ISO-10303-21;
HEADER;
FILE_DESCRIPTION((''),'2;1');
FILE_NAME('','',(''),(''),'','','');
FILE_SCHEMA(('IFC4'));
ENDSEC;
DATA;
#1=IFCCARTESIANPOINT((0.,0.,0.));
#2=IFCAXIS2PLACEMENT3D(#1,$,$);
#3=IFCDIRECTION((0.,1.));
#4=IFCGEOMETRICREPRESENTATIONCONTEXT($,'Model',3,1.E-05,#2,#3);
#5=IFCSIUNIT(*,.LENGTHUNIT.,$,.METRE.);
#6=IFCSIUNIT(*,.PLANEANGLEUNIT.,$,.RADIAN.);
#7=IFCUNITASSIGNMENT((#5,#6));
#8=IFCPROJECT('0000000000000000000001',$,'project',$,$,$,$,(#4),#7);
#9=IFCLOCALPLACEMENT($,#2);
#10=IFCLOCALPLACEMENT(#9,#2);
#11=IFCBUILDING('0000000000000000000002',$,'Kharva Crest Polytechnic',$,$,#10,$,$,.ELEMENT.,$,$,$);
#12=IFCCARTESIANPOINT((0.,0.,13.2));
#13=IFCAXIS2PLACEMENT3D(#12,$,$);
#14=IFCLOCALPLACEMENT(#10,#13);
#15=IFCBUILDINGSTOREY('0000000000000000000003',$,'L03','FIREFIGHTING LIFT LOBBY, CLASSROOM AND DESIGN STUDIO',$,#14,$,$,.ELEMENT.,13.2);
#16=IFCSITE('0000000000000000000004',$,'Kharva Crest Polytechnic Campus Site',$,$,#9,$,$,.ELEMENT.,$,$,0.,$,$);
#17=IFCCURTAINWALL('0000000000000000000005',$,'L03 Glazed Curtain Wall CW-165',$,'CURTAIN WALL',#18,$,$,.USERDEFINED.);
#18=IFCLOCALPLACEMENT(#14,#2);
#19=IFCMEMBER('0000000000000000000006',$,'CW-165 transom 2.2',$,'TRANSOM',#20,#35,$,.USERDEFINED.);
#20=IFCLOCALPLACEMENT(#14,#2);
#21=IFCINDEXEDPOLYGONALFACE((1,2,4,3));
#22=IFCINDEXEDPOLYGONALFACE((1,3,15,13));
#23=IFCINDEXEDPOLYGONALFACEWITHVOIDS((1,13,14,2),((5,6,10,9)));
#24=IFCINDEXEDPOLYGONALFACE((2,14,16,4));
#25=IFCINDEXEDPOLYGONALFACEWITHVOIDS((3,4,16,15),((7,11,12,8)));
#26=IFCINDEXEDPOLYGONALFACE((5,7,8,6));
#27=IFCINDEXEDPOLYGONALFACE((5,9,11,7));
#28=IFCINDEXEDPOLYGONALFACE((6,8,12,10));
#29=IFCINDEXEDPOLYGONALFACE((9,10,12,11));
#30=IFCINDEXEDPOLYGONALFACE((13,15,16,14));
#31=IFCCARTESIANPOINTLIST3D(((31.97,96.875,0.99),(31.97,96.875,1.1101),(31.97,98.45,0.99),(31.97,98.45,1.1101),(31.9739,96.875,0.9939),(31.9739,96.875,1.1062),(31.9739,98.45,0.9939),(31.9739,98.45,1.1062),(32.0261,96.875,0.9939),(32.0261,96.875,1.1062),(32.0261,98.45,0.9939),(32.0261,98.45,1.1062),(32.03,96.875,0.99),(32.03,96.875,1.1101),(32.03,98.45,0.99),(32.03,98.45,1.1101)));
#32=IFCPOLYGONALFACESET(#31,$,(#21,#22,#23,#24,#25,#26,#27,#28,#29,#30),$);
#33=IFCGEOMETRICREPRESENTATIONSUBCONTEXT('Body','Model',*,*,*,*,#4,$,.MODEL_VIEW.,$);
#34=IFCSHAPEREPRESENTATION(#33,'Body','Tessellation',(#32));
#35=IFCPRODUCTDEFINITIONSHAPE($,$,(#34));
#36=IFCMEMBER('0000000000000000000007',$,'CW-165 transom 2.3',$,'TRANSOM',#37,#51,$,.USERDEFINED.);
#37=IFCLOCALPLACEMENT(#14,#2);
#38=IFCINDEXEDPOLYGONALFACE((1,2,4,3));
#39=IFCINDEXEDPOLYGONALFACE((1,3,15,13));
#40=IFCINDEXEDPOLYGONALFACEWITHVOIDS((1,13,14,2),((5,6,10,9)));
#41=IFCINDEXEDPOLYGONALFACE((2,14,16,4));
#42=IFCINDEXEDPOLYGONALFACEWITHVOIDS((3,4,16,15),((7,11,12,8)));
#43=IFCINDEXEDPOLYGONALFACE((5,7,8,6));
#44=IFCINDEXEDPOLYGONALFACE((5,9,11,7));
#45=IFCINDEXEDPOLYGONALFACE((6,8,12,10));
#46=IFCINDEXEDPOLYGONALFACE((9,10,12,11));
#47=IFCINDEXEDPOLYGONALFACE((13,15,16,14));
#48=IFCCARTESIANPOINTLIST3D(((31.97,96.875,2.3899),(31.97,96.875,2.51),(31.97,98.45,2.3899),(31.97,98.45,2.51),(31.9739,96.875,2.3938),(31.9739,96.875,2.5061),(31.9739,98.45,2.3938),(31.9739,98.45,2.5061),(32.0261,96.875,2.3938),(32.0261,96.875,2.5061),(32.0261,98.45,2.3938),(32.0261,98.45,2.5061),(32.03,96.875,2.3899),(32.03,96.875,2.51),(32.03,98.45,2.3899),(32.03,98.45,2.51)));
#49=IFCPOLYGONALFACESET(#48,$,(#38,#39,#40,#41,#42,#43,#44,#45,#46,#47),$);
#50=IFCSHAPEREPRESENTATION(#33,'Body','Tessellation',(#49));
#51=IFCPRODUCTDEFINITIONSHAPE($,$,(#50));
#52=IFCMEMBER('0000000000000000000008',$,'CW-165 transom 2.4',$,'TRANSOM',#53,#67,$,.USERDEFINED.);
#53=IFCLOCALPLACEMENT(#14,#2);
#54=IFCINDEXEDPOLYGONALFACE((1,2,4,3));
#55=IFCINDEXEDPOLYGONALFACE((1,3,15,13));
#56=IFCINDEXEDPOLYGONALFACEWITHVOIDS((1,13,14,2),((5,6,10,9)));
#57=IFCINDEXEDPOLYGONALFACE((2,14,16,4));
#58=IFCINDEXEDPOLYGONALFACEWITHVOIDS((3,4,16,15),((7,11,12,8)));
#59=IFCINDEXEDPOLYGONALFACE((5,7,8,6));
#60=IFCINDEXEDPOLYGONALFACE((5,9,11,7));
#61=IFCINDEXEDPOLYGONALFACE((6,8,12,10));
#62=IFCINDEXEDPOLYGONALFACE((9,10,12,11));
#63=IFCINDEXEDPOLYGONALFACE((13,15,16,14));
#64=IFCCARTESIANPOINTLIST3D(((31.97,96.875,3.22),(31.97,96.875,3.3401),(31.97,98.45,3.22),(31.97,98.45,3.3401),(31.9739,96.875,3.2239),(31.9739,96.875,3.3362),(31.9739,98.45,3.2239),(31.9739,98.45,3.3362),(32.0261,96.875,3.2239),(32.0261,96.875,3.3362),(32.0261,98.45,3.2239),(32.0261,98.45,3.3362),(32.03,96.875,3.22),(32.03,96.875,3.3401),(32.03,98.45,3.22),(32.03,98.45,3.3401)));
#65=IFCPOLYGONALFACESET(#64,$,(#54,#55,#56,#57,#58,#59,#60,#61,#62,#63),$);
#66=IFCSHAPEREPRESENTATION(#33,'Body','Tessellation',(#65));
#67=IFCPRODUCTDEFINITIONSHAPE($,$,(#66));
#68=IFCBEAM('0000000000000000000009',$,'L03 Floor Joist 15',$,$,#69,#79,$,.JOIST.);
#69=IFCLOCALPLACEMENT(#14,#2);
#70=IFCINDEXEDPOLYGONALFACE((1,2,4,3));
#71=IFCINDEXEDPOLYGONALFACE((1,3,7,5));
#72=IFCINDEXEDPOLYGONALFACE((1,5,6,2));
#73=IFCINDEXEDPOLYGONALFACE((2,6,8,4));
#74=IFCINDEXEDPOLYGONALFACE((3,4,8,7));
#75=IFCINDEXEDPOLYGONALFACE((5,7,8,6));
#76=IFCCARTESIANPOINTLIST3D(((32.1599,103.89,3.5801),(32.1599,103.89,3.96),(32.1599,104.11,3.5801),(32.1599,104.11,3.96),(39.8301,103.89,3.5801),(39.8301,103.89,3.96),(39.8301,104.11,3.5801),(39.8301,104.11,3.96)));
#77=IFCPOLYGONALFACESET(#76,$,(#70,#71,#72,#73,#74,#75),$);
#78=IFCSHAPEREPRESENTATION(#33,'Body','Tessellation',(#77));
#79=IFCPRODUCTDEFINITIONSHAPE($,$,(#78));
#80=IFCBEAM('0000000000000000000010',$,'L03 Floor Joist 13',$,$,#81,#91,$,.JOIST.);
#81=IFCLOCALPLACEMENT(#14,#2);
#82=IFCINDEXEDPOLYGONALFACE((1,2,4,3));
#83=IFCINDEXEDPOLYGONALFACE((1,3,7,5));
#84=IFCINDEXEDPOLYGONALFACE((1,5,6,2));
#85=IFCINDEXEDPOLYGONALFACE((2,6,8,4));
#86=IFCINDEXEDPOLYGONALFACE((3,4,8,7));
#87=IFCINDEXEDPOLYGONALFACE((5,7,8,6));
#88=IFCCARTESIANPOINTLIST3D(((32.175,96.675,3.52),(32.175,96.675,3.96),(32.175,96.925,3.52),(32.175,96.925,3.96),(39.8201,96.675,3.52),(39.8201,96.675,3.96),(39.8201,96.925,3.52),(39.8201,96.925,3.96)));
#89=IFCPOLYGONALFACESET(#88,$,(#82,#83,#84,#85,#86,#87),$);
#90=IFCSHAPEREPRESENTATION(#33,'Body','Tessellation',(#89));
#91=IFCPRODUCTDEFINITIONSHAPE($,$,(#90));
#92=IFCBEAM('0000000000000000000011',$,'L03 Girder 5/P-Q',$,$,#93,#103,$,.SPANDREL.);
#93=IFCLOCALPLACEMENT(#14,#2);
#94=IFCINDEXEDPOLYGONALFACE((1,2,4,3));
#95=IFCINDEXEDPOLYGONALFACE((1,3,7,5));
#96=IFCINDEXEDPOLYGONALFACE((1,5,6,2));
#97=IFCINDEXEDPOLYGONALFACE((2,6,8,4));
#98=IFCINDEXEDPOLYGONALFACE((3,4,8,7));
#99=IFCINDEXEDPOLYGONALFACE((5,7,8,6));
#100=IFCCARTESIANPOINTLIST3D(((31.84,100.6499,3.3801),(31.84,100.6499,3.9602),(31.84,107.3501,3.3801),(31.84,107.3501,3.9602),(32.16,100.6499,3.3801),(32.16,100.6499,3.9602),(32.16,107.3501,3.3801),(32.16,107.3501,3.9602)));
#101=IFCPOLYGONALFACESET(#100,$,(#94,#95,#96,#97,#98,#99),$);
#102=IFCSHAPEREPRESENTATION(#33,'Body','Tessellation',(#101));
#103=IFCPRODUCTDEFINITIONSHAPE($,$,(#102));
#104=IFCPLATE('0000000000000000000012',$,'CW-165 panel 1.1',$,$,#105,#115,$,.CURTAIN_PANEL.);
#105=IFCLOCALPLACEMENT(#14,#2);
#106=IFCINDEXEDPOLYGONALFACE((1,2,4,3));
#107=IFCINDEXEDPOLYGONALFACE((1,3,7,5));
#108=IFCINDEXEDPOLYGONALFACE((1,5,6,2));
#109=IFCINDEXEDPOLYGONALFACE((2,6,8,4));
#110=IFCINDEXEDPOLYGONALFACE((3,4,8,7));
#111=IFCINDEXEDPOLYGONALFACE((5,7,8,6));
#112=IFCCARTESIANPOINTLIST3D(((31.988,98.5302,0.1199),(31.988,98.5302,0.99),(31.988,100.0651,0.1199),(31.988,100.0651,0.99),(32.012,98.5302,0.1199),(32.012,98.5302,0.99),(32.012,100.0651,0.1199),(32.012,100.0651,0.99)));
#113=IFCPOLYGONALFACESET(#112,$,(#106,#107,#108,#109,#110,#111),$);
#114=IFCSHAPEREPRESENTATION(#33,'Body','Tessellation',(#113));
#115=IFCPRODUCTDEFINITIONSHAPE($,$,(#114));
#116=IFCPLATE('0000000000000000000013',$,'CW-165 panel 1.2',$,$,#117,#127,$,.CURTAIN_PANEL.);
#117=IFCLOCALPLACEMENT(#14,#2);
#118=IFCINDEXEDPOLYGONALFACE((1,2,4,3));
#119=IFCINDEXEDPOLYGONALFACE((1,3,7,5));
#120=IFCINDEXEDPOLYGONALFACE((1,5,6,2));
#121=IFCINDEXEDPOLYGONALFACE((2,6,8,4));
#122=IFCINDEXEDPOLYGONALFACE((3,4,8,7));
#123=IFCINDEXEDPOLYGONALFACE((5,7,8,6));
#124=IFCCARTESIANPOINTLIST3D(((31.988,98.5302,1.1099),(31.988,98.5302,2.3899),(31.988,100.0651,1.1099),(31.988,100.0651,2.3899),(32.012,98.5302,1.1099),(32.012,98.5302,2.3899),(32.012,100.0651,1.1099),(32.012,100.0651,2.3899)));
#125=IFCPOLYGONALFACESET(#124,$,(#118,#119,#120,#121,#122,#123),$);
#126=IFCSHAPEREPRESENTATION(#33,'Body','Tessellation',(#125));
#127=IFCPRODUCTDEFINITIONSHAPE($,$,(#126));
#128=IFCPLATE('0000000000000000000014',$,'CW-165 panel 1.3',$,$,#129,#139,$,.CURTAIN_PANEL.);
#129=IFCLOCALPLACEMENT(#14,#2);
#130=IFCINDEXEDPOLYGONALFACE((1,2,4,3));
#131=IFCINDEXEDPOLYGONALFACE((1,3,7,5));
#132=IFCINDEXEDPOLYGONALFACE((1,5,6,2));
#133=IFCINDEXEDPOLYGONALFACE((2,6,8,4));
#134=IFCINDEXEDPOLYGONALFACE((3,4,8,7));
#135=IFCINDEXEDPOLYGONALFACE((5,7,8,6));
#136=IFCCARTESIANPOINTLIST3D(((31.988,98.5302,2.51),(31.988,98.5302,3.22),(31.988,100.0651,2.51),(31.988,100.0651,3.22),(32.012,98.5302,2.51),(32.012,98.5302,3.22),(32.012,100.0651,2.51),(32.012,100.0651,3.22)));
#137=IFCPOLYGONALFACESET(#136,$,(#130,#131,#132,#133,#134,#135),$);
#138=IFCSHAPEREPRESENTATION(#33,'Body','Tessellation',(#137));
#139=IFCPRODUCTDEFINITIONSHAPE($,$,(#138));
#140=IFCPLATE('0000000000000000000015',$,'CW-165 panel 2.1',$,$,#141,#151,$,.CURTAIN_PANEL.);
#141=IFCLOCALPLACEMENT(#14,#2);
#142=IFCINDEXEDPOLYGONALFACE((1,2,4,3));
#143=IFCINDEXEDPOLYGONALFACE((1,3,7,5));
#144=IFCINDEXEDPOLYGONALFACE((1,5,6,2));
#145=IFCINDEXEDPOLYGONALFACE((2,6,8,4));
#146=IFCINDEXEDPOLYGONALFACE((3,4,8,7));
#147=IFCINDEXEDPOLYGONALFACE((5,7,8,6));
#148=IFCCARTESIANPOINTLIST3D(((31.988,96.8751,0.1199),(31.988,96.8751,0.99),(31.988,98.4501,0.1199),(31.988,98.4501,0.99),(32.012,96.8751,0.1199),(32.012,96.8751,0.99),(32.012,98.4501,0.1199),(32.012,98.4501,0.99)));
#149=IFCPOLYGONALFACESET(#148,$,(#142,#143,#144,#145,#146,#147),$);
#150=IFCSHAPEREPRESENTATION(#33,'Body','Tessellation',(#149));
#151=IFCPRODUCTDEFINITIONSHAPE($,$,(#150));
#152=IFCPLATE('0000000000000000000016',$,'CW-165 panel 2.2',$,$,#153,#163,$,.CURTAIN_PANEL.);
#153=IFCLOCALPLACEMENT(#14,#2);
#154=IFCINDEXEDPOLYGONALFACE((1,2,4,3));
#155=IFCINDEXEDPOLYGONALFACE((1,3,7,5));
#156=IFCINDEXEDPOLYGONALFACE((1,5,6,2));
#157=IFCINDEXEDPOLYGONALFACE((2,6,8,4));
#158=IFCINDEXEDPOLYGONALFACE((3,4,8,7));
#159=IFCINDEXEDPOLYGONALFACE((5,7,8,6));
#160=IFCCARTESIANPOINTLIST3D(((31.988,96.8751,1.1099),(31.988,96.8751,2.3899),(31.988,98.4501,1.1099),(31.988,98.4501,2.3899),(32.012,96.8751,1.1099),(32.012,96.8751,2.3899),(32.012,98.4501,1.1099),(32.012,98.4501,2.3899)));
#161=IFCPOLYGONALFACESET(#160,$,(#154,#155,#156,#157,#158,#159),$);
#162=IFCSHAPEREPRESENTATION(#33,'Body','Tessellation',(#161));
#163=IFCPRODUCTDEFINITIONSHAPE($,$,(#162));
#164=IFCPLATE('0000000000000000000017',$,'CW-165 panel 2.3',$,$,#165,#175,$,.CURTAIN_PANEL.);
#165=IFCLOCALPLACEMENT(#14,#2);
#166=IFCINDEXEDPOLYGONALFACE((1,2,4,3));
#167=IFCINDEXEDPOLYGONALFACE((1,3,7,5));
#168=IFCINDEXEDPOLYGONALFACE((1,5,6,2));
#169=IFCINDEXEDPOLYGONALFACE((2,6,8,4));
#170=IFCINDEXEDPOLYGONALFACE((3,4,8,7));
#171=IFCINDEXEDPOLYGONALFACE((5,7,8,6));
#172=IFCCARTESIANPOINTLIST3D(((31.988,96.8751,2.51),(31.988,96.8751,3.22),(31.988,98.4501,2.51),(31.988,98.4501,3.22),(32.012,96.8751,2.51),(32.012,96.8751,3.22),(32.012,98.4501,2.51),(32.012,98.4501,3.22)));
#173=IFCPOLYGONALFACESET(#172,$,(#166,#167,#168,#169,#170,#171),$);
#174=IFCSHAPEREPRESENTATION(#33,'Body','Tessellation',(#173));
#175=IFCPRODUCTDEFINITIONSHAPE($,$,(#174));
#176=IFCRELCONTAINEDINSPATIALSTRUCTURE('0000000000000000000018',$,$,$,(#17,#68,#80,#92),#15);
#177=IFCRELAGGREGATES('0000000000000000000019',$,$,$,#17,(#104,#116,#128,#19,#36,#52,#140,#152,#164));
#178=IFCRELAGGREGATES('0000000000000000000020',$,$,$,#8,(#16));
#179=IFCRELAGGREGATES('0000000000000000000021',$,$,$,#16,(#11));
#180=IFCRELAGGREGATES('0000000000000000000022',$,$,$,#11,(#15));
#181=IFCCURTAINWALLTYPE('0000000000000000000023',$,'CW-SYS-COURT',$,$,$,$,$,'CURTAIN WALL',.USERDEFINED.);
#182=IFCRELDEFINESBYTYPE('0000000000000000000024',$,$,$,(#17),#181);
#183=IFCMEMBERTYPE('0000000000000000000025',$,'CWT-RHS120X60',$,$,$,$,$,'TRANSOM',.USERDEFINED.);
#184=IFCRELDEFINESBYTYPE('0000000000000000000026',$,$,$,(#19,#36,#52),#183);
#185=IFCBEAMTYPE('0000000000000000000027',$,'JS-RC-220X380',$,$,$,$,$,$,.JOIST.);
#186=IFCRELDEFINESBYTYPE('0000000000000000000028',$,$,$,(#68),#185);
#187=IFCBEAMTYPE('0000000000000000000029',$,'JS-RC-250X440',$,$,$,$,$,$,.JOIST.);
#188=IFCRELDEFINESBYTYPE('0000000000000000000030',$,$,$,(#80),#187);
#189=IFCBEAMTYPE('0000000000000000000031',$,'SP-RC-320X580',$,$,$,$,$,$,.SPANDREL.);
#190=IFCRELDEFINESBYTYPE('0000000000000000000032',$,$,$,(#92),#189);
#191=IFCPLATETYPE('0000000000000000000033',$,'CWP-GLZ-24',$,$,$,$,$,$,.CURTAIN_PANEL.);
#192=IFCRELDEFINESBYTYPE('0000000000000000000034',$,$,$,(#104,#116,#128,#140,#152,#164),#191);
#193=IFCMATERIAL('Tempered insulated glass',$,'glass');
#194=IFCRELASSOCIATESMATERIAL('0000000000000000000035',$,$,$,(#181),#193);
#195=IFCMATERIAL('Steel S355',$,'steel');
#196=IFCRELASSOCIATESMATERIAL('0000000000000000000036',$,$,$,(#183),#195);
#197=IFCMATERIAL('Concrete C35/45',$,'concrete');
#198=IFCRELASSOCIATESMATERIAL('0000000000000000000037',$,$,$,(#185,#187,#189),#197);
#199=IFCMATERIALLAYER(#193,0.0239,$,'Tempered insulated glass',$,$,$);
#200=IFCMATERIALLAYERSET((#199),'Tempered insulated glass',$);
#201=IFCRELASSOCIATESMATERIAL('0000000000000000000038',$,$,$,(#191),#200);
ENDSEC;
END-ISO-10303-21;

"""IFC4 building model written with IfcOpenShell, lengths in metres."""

from ifc_helpers import new_model, si_unit, direction, frame, origin, origin_2d, place, context, subcontext, project, spatial, rectangle, hollow_rectangle, extrude, material, layer, layer_set, material_profile, profile_set, type_object, element, aggregate, save


model = new_model("IFC4")

# Units and contexts
model_context = context("Model", 3, precision=1e-05, world=origin(), true_north=direction((0.0, 1.0)))
body_context = subcontext(model_context, "Body", "Model", "MODEL_VIEW")
ifc_project = project(units=[si_unit("LENGTHUNIT", "METRE"), si_unit("PLANEANGLEUNIT", "RADIAN")], contexts=[model_context])

# Site, building, storey
site_placement = place(None, origin())
site = spatial("IfcSite", under=ifc_project, at=site_placement, Name="Kharva Crest Polytechnic Campus Site", CompositionType="ELEMENT", RefElevation=0.0)
building_placement = place(site_placement, origin())
building = spatial("IfcBuilding", under=site, at=building_placement, Name="Kharva Crest Polytechnic", CompositionType="ELEMENT")
storey_placement = place(building_placement, frame((0.0, 0.0, 13.2)))
storey = spatial("IfcBuildingStorey", under=building, at=storey_placement, Name="L03", Description="FIREFIGHTING LIFT LOBBY, CLASSROOM AND DESIGN STUDIO", CompositionType="ELEMENT", Elevation=13.2)

# Shared definitions
ifc_material_1 = material(Name="Concrete C35/45", Category="concrete")
ifc_material_2 = material(Name="Steel S355", Category="steel")

# Curtain wall, members
ifc_material_3 = material(Name="Tempered insulated glass", Category="glass")
curtain_wall_type = type_object("IfcCurtainWallType", Name="CW-SYS-COURT", ElementType="CURTAIN WALL", PredefinedType="USERDEFINED", material=ifc_material_3)
curtain_wall_placement = place(storey_placement, origin())
curtain_wall = element("IfcCurtainWall", 1, at=curtain_wall_placement, inside=storey, type_object=curtain_wall_type, Name="L03 Glazed Curtain Wall CW-165", ObjectType="CURTAIN WALL", PredefinedType="USERDEFINED")
ifc_material_profile_1 = material_profile(ifc_material_2, hollow_rectangle(XDim=0.0601, YDim=0.1201, WallThickness=0.0039, at=origin_2d()), Name="RHS 120X60X4.0")
ifc_profile_set_1 = profile_set([ifc_material_profile_1], Name="Steel S355")
member_type_1 = type_object("IfcMemberType", Name="CWT-RHS120X60", ElementType="TRANSOM", PredefinedType="USERDEFINED", material=ifc_profile_set_1)
member_1_placement = place(storey_placement, frame((32.0, 98.45, 1.05), z_axis=(0.0, -1.0, 0.0), x_axis=(1.0, 0.0, 0.0)))
member_1 = element("IfcMember", 2, at=member_1_placement, type_object=member_type_1, Name="CW-165 transom 2.2", ObjectType="TRANSOM", PredefinedType="USERDEFINED", context=body_context, shape_type="SweptSolid", body=[
    extrude(hollow_rectangle(XDim=0.0601, YDim=0.1201, WallThickness=0.0039, at=origin_2d()), origin(), (0.0, 0.0, 1.0), 1.575),
])
member_2_placement = place(storey_placement, frame((32.0, 98.45, 2.45), z_axis=(0.0, -1.0, 0.0), x_axis=(1.0, 0.0, 0.0)))
member_2 = element("IfcMember", 3, at=member_2_placement, type_object=member_type_1, Name="CW-165 transom 2.3", ObjectType="TRANSOM", PredefinedType="USERDEFINED", context=body_context, shape_type="SweptSolid", body=[
    extrude(hollow_rectangle(XDim=0.0601, YDim=0.1201, WallThickness=0.0039, at=origin_2d()), origin(), (0.0, 0.0, 1.0), 1.575),
])
member_3_placement = place(storey_placement, frame((32.0, 98.45, 3.28), z_axis=(0.0, -1.0, 0.0), x_axis=(1.0, 0.0, 0.0)))
member_3 = element("IfcMember", 4, at=member_3_placement, type_object=member_type_1, Name="CW-165 transom 2.4", ObjectType="TRANSOM", PredefinedType="USERDEFINED", context=body_context, shape_type="SweptSolid", body=[
    extrude(hollow_rectangle(XDim=0.0601, YDim=0.1201, WallThickness=0.0039, at=origin_2d()), origin(), (0.0, 0.0, 1.0), 1.575),
])

# Beams
ifc_material_profile_2 = material_profile(ifc_material_1, rectangle(XDim=0.22, YDim=0.3799, at=origin_2d()), Name="RECT 220 X 380")
ifc_profile_set_2 = profile_set([ifc_material_profile_2], Name="Concrete C35/45")
beam_type_1 = type_object("IfcBeamType", Name="JS-RC-220X380", PredefinedType="JOIST", material=ifc_profile_set_2)
beam_1_placement = place(storey_placement, frame((32.1599, 104.0, 3.77), z_axis=(1.0, 0.0, 0.0), x_axis=(0.0, 1.0, 0.0)))
element("IfcBeam", 5, at=beam_1_placement, inside=storey, type_object=beam_type_1, Name="L03 Floor Joist 15", PredefinedType="JOIST", context=body_context, shape_type="SweptSolid", body=[
    extrude(rectangle(XDim=0.22, YDim=0.3799, at=origin_2d()), origin(), (0.0, 0.0, 1.0), 7.6702),
])
ifc_material_profile_3 = material_profile(ifc_material_1, rectangle(XDim=0.25, YDim=0.4399, at=origin_2d()), Name="RECT 250 X 440")
ifc_profile_set_3 = profile_set([ifc_material_profile_3], Name="Concrete C35/45")
beam_type_2 = type_object("IfcBeamType", Name="JS-RC-250X440", PredefinedType="JOIST", material=ifc_profile_set_3)
beam_2_placement = place(storey_placement, frame((32.175, 96.8, 3.74), z_axis=(1.0, 0.0, 0.0), x_axis=(0.0, 1.0, 0.0)))
element("IfcBeam", 6, at=beam_2_placement, inside=storey, type_object=beam_type_2, Name="L03 Floor Joist 13", PredefinedType="JOIST", context=body_context, shape_type="SweptSolid", body=[
    extrude(rectangle(XDim=0.25, YDim=0.4399, at=origin_2d()), origin(), (0.0, 0.0, 1.0), 7.645),
])
ifc_material_profile_4 = material_profile(ifc_material_1, rectangle(XDim=0.3201, YDim=0.5801, at=origin_2d()), Name="RECT 320 X 580")
ifc_profile_set_4 = profile_set([ifc_material_profile_4], Name="Concrete C35/45")
beam_type_3 = type_object("IfcBeamType", Name="SP-RC-320X580", PredefinedType="SPANDREL", material=ifc_profile_set_4)
beam_3_placement = place(storey_placement, frame((32.0, 100.6499, 3.6702), z_axis=(0.0, 1.0, 0.0), x_axis=(-1.0, 0.0, 0.0)))
element("IfcBeam", 7, at=beam_3_placement, inside=storey, type_object=beam_type_3, Name="L03 Girder 5/P-Q", PredefinedType="SPANDREL", context=body_context, shape_type="SweptSolid", body=[
    extrude(rectangle(XDim=0.3201, YDim=0.5801, at=origin_2d()), origin(), (0.0, 0.0, 1.0), 6.7002),
])

# Plates
ifc_layer = layer(ifc_material_3, 0.0239, Name="Tempered insulated glass")
ifc_layer_set = layer_set([ifc_layer], Name="Tempered insulated glass")
plate_type = type_object("IfcPlateType", Name="CWP-GLZ-24", PredefinedType="CURTAIN_PANEL", material=ifc_layer_set)
plate_1_placement = place(storey_placement, frame((32.0, 99.2976, 0.1199), z_axis=(0.0, 0.0, 1.0), x_axis=(0.0, -1.0, 0.0)))
plate_1 = element("IfcPlate", 8, at=plate_1_placement, type_object=plate_type, Name="CW-165 panel 1.1", PredefinedType="CURTAIN_PANEL", context=body_context, shape_type="SweptSolid", body=[
    extrude(rectangle(XDim=1.5349, YDim=0.0239, at=origin_2d()), origin(), (0.0, 0.0, 1.0), 0.8701),
])
plate_2_placement = place(storey_placement, frame((32.0, 99.2976, 1.1099), z_axis=(0.0, 0.0, 1.0), x_axis=(0.0, -1.0, 0.0)))
plate_2 = element("IfcPlate", 9, at=plate_2_placement, type_object=plate_type, Name="CW-165 panel 1.2", PredefinedType="CURTAIN_PANEL", context=body_context, shape_type="SweptSolid", body=[
    extrude(rectangle(XDim=1.5349, YDim=0.0239, at=origin_2d()), origin(), (0.0, 0.0, 1.0), 1.28),
])
plate_3_placement = place(storey_placement, frame((32.0, 99.2976, 2.51), z_axis=(0.0, 0.0, 1.0), x_axis=(0.0, -1.0, 0.0)))
plate_3 = element("IfcPlate", 10, at=plate_3_placement, type_object=plate_type, Name="CW-165 panel 1.3", PredefinedType="CURTAIN_PANEL", context=body_context, shape_type="SweptSolid", body=[
    extrude(rectangle(XDim=1.5349, YDim=0.0239, at=origin_2d()), origin(), (0.0, 0.0, 1.0), 0.71),
])
plate_4_placement = place(storey_placement, frame((32.0, 97.6626, 0.1199), z_axis=(0.0, 0.0, 1.0), x_axis=(0.0, -1.0, 0.0)))
plate_4 = element("IfcPlate", 11, at=plate_4_placement, type_object=plate_type, Name="CW-165 panel 2.1", PredefinedType="CURTAIN_PANEL", context=body_context, shape_type="SweptSolid", body=[
    extrude(rectangle(XDim=1.575, YDim=0.0239, at=origin_2d()), origin(), (0.0, 0.0, 1.0), 0.8701),
])
plate_5_placement = place(storey_placement, frame((32.0, 97.6626, 1.1099), z_axis=(0.0, 0.0, 1.0), x_axis=(0.0, -1.0, 0.0)))
plate_5 = element("IfcPlate", 12, at=plate_5_placement, type_object=plate_type, Name="CW-165 panel 2.2", PredefinedType="CURTAIN_PANEL", context=body_context, shape_type="SweptSolid", body=[
    extrude(rectangle(XDim=1.575, YDim=0.0239, at=origin_2d()), origin(), (0.0, 0.0, 1.0), 1.28),
])
plate_6_placement = place(storey_placement, frame((32.0, 97.6626, 2.51), z_axis=(0.0, 0.0, 1.0), x_axis=(0.0, -1.0, 0.0)))
plate_6 = element("IfcPlate", 13, at=plate_6_placement, type_object=plate_type, Name="CW-165 panel 2.3", PredefinedType="CURTAIN_PANEL", context=body_context, shape_type="SweptSolid", body=[
    extrude(rectangle(XDim=1.575, YDim=0.0239, at=origin_2d()), origin(), (0.0, 0.0, 1.0), 0.71),
])
aggregate(curtain_wall, [plate_1, plate_2, plate_3, member_1, member_2, member_3, plate_4, plate_5, plate_6])

save(model, "model.ifc")
